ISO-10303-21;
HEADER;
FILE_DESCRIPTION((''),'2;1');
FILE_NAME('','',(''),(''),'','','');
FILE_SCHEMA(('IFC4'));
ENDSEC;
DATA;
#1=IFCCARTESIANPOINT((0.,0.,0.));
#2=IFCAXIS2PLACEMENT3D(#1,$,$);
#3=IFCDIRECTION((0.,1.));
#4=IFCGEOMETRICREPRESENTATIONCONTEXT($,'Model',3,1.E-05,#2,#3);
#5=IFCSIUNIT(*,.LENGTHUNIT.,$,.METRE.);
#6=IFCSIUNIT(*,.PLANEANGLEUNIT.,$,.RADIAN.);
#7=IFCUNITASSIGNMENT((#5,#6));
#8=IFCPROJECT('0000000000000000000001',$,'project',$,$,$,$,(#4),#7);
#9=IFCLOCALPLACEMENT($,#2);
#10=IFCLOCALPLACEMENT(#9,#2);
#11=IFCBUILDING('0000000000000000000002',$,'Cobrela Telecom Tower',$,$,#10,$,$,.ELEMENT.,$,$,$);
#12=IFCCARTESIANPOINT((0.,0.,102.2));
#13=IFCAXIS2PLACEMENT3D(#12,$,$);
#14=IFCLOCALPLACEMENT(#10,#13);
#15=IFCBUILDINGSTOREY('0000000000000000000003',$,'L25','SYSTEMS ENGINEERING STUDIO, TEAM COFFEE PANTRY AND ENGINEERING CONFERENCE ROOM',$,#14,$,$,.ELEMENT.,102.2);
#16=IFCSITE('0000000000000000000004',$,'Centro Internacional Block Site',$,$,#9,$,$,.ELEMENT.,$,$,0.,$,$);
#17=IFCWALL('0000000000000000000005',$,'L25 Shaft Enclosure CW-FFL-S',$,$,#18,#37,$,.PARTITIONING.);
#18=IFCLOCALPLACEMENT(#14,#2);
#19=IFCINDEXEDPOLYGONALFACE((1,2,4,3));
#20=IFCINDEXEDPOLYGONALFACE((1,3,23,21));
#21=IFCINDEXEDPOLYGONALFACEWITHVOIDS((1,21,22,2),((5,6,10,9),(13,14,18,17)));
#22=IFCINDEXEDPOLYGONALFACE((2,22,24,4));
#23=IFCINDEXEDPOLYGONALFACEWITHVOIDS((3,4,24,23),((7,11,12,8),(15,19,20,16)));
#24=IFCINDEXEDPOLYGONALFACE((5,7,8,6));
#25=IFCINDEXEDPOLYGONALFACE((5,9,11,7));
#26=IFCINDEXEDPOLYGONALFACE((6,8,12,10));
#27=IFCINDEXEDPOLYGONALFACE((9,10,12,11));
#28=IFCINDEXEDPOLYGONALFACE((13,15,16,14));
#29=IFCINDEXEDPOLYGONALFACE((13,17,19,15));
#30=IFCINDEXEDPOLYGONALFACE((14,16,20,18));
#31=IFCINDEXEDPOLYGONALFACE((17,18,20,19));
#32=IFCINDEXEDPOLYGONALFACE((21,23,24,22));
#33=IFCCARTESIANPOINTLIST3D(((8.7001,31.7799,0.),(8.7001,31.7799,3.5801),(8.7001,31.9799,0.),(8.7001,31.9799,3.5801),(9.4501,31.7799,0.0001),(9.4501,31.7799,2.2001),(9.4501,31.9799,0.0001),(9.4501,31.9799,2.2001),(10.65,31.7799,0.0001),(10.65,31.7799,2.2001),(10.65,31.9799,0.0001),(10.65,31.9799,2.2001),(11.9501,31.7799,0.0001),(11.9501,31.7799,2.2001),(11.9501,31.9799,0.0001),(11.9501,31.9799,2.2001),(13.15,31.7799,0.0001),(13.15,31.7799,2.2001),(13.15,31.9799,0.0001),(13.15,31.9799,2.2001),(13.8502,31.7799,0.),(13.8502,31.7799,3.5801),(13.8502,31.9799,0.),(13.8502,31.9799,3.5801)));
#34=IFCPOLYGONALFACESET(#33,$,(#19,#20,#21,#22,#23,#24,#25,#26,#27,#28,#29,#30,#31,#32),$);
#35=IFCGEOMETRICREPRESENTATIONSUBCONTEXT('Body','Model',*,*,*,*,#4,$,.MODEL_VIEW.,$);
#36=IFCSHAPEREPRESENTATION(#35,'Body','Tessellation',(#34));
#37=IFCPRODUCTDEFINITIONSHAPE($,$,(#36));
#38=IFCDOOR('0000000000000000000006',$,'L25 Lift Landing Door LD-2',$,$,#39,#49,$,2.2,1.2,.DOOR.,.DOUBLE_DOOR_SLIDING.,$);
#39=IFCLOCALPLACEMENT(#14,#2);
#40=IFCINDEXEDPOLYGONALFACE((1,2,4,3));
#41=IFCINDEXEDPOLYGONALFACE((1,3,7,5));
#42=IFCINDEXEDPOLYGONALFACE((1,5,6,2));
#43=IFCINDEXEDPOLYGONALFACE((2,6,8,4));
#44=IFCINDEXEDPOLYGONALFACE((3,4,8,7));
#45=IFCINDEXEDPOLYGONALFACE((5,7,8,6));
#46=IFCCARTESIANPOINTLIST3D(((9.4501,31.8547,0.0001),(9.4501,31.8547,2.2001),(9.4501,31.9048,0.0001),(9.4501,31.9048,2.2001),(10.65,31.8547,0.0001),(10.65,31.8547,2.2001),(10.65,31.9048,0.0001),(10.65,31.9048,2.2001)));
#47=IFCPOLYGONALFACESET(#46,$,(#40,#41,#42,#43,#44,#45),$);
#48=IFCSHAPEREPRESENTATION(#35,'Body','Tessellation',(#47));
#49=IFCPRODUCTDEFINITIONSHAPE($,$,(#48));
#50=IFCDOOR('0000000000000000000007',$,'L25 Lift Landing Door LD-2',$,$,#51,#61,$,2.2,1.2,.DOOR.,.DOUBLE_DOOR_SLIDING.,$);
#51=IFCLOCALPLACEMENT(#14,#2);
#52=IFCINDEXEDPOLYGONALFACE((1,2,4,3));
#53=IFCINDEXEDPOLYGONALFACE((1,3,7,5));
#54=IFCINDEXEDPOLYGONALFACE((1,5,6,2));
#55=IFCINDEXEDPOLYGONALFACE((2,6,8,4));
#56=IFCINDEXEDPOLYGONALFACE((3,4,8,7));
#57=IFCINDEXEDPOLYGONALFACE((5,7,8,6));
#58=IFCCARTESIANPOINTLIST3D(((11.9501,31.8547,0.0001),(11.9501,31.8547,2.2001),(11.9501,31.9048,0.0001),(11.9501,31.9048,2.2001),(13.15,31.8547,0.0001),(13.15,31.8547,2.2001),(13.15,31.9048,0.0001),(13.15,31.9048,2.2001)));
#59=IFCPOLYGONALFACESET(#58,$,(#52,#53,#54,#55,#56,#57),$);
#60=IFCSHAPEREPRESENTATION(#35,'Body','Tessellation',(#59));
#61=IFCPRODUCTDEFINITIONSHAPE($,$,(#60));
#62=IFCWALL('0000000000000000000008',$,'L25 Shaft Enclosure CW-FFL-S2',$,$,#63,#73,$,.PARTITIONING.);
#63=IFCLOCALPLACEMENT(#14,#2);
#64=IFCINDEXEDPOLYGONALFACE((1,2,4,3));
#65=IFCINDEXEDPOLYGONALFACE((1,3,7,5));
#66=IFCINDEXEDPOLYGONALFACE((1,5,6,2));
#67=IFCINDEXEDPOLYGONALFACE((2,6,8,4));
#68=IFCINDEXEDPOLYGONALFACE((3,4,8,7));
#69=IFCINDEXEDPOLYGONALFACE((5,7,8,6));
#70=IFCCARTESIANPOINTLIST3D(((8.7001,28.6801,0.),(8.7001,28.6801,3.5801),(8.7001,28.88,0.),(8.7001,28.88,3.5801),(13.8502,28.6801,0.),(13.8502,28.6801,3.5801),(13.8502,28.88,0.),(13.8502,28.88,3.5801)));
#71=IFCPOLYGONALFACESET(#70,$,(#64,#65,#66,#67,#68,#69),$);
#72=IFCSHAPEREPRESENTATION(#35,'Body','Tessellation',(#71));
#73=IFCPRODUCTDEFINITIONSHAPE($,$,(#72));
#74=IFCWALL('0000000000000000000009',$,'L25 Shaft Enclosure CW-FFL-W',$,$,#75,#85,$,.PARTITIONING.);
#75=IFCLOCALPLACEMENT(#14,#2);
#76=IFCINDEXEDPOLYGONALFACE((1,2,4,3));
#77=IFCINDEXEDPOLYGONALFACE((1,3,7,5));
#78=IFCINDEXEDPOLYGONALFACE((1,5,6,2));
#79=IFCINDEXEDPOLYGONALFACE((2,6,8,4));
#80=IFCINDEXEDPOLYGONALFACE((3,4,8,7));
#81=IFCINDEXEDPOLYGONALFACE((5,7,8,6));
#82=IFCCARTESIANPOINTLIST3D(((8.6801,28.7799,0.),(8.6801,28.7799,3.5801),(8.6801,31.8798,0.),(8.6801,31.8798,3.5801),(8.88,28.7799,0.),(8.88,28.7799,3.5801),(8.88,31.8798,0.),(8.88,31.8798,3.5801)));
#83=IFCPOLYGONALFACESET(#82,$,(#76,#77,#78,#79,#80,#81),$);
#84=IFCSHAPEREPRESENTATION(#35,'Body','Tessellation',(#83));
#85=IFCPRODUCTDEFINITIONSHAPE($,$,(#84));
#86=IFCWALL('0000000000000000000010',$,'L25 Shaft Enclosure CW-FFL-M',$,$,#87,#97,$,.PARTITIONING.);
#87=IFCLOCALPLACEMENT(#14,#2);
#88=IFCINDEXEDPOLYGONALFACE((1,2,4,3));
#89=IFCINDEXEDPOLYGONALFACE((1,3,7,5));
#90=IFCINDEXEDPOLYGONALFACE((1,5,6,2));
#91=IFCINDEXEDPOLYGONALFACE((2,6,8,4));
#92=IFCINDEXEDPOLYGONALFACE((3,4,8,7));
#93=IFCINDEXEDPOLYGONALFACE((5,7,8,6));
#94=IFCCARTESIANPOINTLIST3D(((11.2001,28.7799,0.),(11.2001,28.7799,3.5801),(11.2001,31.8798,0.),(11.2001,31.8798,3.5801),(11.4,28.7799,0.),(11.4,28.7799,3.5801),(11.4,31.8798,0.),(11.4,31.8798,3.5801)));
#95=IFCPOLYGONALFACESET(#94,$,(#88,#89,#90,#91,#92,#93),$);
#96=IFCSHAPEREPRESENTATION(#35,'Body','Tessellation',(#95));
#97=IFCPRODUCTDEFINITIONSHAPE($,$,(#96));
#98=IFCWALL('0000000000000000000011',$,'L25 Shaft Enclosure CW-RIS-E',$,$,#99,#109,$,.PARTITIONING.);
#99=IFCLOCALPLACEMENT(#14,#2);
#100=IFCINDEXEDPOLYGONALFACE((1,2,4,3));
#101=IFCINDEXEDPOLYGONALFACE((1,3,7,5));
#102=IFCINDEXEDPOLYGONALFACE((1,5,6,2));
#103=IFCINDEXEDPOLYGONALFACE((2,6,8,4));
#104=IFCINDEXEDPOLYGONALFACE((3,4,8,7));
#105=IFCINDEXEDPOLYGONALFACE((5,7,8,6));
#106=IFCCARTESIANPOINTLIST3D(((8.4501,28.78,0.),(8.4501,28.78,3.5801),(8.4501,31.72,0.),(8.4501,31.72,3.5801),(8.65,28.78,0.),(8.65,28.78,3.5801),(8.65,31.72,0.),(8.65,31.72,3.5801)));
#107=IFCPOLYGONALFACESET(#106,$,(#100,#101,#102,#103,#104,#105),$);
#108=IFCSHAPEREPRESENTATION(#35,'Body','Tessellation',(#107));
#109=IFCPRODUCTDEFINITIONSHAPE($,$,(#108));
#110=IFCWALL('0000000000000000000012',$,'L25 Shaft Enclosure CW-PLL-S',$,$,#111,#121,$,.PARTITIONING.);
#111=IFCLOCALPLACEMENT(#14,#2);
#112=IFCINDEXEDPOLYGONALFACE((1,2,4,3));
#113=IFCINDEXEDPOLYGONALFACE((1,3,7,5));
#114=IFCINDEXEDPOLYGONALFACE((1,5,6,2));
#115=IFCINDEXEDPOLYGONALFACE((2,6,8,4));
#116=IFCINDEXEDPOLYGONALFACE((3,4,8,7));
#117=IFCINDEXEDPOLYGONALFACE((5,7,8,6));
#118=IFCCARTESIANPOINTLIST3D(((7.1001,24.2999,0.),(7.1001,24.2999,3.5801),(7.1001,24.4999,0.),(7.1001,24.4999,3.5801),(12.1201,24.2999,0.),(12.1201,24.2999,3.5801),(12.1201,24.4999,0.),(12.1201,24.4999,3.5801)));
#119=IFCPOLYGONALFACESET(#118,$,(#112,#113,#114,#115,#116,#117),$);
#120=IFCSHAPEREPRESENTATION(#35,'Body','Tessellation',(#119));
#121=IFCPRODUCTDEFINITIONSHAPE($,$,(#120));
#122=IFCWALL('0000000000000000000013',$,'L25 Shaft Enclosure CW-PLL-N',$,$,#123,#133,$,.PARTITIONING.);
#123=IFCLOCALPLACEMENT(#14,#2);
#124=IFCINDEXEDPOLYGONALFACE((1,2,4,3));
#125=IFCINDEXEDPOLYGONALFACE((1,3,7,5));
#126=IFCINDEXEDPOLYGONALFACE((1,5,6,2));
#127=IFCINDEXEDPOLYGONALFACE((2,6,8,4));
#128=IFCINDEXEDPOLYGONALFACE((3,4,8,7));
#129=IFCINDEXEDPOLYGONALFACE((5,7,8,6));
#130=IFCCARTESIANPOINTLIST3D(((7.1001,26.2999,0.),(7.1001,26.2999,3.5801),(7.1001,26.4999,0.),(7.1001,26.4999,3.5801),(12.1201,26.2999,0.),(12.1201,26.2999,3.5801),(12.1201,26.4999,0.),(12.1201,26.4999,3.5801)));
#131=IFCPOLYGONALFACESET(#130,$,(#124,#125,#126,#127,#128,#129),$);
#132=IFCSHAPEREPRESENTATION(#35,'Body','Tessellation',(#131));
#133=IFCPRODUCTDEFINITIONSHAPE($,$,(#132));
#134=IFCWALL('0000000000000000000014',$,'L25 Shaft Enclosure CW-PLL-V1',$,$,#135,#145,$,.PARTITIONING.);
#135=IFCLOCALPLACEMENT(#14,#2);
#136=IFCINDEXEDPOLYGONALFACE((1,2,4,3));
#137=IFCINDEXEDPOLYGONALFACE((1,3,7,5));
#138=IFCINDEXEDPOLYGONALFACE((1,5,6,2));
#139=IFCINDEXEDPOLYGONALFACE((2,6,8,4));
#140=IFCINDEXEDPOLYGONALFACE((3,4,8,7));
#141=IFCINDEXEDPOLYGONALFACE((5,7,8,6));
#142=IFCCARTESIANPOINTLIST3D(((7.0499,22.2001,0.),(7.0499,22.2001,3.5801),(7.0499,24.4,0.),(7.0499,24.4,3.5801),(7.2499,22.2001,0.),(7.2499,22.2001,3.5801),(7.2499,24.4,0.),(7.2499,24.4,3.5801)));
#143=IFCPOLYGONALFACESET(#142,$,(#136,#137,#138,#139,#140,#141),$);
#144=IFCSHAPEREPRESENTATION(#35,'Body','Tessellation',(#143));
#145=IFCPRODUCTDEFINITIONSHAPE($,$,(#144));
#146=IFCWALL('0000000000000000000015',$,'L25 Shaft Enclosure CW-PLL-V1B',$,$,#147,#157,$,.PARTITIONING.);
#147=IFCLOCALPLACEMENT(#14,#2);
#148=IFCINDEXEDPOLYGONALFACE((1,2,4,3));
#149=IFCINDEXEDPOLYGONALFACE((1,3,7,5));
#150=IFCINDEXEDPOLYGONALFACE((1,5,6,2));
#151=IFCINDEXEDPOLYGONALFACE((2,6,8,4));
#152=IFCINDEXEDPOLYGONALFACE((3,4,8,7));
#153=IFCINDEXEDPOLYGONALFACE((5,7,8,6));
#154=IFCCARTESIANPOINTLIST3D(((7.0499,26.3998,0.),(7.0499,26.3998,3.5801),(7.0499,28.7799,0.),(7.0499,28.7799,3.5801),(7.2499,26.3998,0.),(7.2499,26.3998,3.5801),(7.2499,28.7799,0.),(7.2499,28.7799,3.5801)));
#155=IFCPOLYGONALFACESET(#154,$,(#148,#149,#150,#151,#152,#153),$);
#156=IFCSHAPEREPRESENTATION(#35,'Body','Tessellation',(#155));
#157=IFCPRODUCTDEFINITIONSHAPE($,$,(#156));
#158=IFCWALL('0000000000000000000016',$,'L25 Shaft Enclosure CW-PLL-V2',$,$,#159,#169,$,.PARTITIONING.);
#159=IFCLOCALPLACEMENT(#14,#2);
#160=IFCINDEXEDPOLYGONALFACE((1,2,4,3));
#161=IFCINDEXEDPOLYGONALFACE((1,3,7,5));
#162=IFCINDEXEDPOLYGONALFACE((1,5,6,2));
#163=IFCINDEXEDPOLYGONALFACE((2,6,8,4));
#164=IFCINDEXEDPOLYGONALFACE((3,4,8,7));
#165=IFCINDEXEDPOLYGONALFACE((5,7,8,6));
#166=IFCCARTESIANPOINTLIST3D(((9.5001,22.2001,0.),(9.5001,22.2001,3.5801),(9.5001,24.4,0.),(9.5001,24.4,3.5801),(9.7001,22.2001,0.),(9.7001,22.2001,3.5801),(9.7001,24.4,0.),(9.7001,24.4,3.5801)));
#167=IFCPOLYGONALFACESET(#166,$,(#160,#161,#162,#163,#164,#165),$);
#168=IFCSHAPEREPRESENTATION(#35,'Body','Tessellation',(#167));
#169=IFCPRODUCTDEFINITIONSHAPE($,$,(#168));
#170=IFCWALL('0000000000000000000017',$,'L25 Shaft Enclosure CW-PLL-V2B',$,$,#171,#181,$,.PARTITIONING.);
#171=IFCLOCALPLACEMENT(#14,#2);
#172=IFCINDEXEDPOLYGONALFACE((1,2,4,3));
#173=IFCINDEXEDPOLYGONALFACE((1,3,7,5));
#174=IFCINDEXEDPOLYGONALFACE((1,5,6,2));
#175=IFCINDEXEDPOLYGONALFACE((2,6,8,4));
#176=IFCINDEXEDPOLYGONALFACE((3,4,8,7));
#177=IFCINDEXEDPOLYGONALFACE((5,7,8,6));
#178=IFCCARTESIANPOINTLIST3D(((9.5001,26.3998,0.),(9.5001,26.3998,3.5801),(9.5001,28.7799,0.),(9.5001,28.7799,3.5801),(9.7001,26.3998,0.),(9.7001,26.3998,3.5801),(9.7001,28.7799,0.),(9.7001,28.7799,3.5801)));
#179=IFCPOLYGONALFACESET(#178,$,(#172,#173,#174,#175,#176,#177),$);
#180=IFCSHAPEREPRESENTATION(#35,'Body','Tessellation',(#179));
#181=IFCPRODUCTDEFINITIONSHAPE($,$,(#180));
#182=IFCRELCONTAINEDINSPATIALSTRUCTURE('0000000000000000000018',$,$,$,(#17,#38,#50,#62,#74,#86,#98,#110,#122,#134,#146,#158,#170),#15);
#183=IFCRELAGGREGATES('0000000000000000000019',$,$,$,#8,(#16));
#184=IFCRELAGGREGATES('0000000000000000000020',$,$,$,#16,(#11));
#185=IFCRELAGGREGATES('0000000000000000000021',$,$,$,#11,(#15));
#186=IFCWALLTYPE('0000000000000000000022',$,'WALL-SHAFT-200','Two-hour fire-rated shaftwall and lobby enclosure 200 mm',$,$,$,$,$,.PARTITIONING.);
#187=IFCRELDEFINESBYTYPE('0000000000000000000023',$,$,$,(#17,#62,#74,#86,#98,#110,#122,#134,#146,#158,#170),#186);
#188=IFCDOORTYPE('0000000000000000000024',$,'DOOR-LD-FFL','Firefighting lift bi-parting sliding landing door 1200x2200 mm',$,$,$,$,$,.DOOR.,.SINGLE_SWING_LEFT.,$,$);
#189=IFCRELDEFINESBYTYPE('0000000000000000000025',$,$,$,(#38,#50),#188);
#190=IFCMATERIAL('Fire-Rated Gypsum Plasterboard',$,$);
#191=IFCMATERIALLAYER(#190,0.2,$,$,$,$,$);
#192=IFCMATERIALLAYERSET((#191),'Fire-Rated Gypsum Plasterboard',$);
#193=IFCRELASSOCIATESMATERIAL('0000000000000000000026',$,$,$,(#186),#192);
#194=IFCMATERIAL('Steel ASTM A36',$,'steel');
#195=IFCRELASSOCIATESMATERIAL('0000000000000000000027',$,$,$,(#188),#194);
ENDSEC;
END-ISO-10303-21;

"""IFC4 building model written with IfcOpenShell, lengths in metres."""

from ifc_helpers import new_model, si_unit, direction, frame, frame_2d, origin, place, context, subcontext, project, spatial, rectangle, extrude, material, layer, layer_set, type_object, element, fill, save


model = new_model("IFC4")

# Units and contexts
model_context = context("Model", 3, precision=1e-05, world=origin(), true_north=direction((0.0, 1.0)))
body_context = subcontext(model_context, "Body", "Model", "MODEL_VIEW")
ifc_project = project(units=[si_unit("LENGTHUNIT", "METRE"), si_unit("PLANEANGLEUNIT", "RADIAN")], contexts=[model_context])

# Site, building, storey
site_placement = place(None, origin())
site = spatial("IfcSite", under=ifc_project, at=site_placement, Name="Centro Internacional Block Site", CompositionType="ELEMENT", RefElevation=0.0)
building_placement = place(site_placement, origin())
building = spatial("IfcBuilding", under=site, at=building_placement, Name="Cobrela Telecom Tower", CompositionType="ELEMENT")
storey_placement = place(building_placement, frame((0.0, 0.0, 102.2)))
storey = spatial("IfcBuildingStorey", under=building, at=storey_placement, Name="L25", Description="SYSTEMS ENGINEERING STUDIO, TEAM COFFEE PANTRY AND ENGINEERING CONFERENCE ROOM", CompositionType="ELEMENT", Elevation=102.2)

# Shared definitions
ifc_material_1 = material(Name="Steel ASTM A36", Category="steel")

# Shared definitions
ifc_material_2 = material(Name="Fire-Rated Gypsum Plasterboard")

# Wall, openings, doors
ifc_layer_1 = layer(ifc_material_2, 0.2)
ifc_layer_set_1 = layer_set([ifc_layer_1], Name="Fire-Rated Gypsum Plasterboard")
wall_type_1 = type_object("IfcWallType", Name="WALL-SHAFT-200", Description="Two-hour fire-rated shaftwall and lobby enclosure 200 mm", PredefinedType="PARTITIONING", material=ifc_layer_set_1)
wall_1_placement = place(storey_placement, frame((8.7, 31.8799, 0.0), z_axis=(0.0, 0.0, 1.0), x_axis=(1.0, 0.0, 0.0)))
wall_1 = element("IfcWall", 1, at=wall_1_placement, inside=storey, type_object=wall_type_1, Name="L25 Shaft Enclosure CW-FFL-S", PredefinedType="PARTITIONING", context=body_context, shape_type="SweptSolid", body=[
    extrude(rectangle(XDim=5.1501, YDim=0.2, at=frame_2d((2.5752, 0.0))), origin(), (0.0, 0.0, 1.0), 3.5801),
])
opening_1_placement = place(wall_1_placement, frame((0.75, 0.0, 0.0)))
opening_1 = element("IfcOpeningElement", 2, at=opening_1_placement, cuts=wall_1, PredefinedType="OPENING", context=body_context, shape_type="SweptSolid", body=[
    extrude(rectangle(XDim=1.2, YDim=2.2, at=frame_2d((0.6001, 1.1001))), frame((0.0, 0.1118, 0.0), z_axis=(0.0, -1.0, 0.0), x_axis=(1.0, 0.0, 0.0)), (0.0, 0.0, 1.0), 0.2239),
])
opening_2_placement = place(wall_1_placement, frame((3.25, 0.0, 0.0)))
opening_2 = element("IfcOpeningElement", 3, at=opening_2_placement, cuts=wall_1, PredefinedType="OPENING", context=body_context, shape_type="SweptSolid", body=[
    extrude(rectangle(XDim=1.2, YDim=2.2, at=frame_2d((0.6001, 1.1001))), frame((0.0, 0.1118, 0.0), z_axis=(0.0, -1.0, 0.0), x_axis=(1.0, 0.0, 0.0)), (0.0, 0.0, 1.0), 0.2239),
])
door_type_1 = type_object("IfcDoorType", Name="DOOR-LD-FFL", Description="Firefighting lift bi-parting sliding landing door 1200x2200 mm", OperationType="SINGLE_SWING_LEFT", PredefinedType="DOOR", material=ifc_material_1)
door_1_placement = place(opening_1_placement, origin())
door_1 = element("IfcDoor", 4, at=door_1_placement, inside=storey, type_object=door_type_1, Name="L25 Lift Landing Door LD-2", OperationType="DOUBLE_DOOR_SLIDING", OverallHeight=2.2, OverallWidth=1.2, PredefinedType="DOOR", context=body_context, shape_type="SweptSolid", body=[
    extrude(rectangle(XDim=1.2, YDim=2.2, at=frame_2d((0.6001, 1.1001))), frame((0.0, 0.0249, 0.0), z_axis=(0.0, -1.0, 0.0), x_axis=(1.0, 0.0, 0.0)), (0.0, 0.0, 1.0), 0.05),
])
fill(opening_1, door_1)
door_2_placement = place(opening_2_placement, origin())
door_2 = element("IfcDoor", 5, at=door_2_placement, inside=storey, type_object=door_type_1, Name="L25 Lift Landing Door LD-2", OperationType="DOUBLE_DOOR_SLIDING", OverallHeight=2.2, OverallWidth=1.2, PredefinedType="DOOR", context=body_context, shape_type="SweptSolid", body=[
    extrude(rectangle(XDim=1.2, YDim=2.2, at=frame_2d((0.6001, 1.1001))), frame((0.0, 0.0249, 0.0), z_axis=(0.0, -1.0, 0.0), x_axis=(1.0, 0.0, 0.0)), (0.0, 0.0, 1.0), 0.05),
])
fill(opening_2, door_2)

# Walls
wall_2_placement = place(storey_placement, frame((8.7, 28.78, 0.0), z_axis=(0.0, 0.0, 1.0), x_axis=(1.0, 0.0, 0.0)))
element("IfcWall", 6, at=wall_2_placement, inside=storey, type_object=wall_type_1, Name="L25 Shaft Enclosure CW-FFL-S2", PredefinedType="PARTITIONING", context=body_context, shape_type="SweptSolid", body=[
    extrude(rectangle(XDim=5.1501, YDim=0.2, at=frame_2d((2.5752, 0.0))), origin(), (0.0, 0.0, 1.0), 3.5801),
])
for number, where, z_axis, x_axis, name in (
    (7, (8.78, 28.78, 0.0), (0.0, 0.0, 1.0), (0.0, 1.0, 0.0), "L25 Shaft Enclosure CW-FFL-W"),
    (8, (11.3, 28.78, 0.0), (0.0, 0.0, 1.0), (0.0, 1.0, 0.0), "L25 Shaft Enclosure CW-FFL-M"),
):
    element("IfcWall", number, at=place(storey_placement, frame(where, z_axis=z_axis, x_axis=x_axis)), inside=storey, type_object=wall_type_1, Name=name, PredefinedType="PARTITIONING", context=body_context, shape_type="SweptSolid", body=[
        extrude(rectangle(XDim=3.0999, YDim=0.2, at=frame_2d((1.5498, 0.0))), origin(), (0.0, 0.0, 1.0), 3.5801),
    ])
wall_3_placement = place(storey_placement, frame((8.55, 28.78, 0.0), z_axis=(0.0, 0.0, 1.0), x_axis=(0.0, 1.0, 0.0)))
element("IfcWall", 9, at=wall_3_placement, inside=storey, type_object=wall_type_1, Name="L25 Shaft Enclosure CW-RIS-E", PredefinedType="PARTITIONING", context=body_context, shape_type="SweptSolid", body=[
    extrude(rectangle(XDim=2.9399, YDim=0.2, at=frame_2d((1.47, 0.0))), origin(), (0.0, 0.0, 1.0), 3.5801),
])
for number, where, z_axis, x_axis, name in (
    (10, (7.1001, 24.3999, 0.0), (0.0, 0.0, 1.0), (1.0, 0.0, 0.0), "L25 Shaft Enclosure CW-PLL-S"),
    (11, (7.1001, 26.3999, 0.0), (0.0, 0.0, 1.0), (1.0, 0.0, 0.0), "L25 Shaft Enclosure CW-PLL-N"),
):
    element("IfcWall", number, at=place(storey_placement, frame(where, z_axis=z_axis, x_axis=x_axis)), inside=storey, type_object=wall_type_1, Name=name, PredefinedType="PARTITIONING", context=body_context, shape_type="SweptSolid", body=[
        extrude(rectangle(XDim=5.02, YDim=0.2, at=frame_2d((2.51, 0.0))), origin(), (0.0, 0.0, 1.0), 3.5801),
    ])
wall_4_placement = place(storey_placement, frame((7.1499, 22.2, 0.0), z_axis=(0.0, 0.0, 1.0), x_axis=(0.0, 1.0, 0.0)))
element("IfcWall", 12, at=wall_4_placement, inside=storey, type_object=wall_type_1, Name="L25 Shaft Enclosure CW-PLL-V1", PredefinedType="PARTITIONING", context=body_context, shape_type="SweptSolid", body=[
    extrude(rectangle(XDim=2.2, YDim=0.2, at=frame_2d((1.1001, 0.0))), origin(), (0.0, 0.0, 1.0), 3.5801),
])
wall_5_placement = place(storey_placement, frame((7.1499, 26.3999, 0.0), z_axis=(0.0, 0.0, 1.0), x_axis=(0.0, 1.0, 0.0)))
element("IfcWall", 13, at=wall_5_placement, inside=storey, type_object=wall_type_1, Name="L25 Shaft Enclosure CW-PLL-V1B", PredefinedType="PARTITIONING", context=body_context, shape_type="SweptSolid", body=[
    extrude(rectangle(XDim=2.3801, YDim=0.2, at=frame_2d((1.1899, 0.0))), origin(), (0.0, 0.0, 1.0), 3.5801),
])
wall_6_placement = place(storey_placement, frame((9.6001, 22.2, 0.0), z_axis=(0.0, 0.0, 1.0), x_axis=(0.0, 1.0, 0.0)))
element("IfcWall", 14, at=wall_6_placement, inside=storey, type_object=wall_type_1, Name="L25 Shaft Enclosure CW-PLL-V2", PredefinedType="PARTITIONING", context=body_context, shape_type="SweptSolid", body=[
    extrude(rectangle(XDim=2.2, YDim=0.2, at=frame_2d((1.1001, 0.0))), origin(), (0.0, 0.0, 1.0), 3.5801),
])
wall_7_placement = place(storey_placement, frame((9.6001, 26.3999, 0.0), z_axis=(0.0, 0.0, 1.0), x_axis=(0.0, 1.0, 0.0)))
element("IfcWall", 15, at=wall_7_placement, inside=storey, type_object=wall_type_1, Name="L25 Shaft Enclosure CW-PLL-V2B", PredefinedType="PARTITIONING", context=body_context, shape_type="SweptSolid", body=[
    extrude(rectangle(XDim=2.3801, YDim=0.2, at=frame_2d((1.1899, 0.0))), origin(), (0.0, 0.0, 1.0), 3.5801),
])

save(model, "model.ifc")
